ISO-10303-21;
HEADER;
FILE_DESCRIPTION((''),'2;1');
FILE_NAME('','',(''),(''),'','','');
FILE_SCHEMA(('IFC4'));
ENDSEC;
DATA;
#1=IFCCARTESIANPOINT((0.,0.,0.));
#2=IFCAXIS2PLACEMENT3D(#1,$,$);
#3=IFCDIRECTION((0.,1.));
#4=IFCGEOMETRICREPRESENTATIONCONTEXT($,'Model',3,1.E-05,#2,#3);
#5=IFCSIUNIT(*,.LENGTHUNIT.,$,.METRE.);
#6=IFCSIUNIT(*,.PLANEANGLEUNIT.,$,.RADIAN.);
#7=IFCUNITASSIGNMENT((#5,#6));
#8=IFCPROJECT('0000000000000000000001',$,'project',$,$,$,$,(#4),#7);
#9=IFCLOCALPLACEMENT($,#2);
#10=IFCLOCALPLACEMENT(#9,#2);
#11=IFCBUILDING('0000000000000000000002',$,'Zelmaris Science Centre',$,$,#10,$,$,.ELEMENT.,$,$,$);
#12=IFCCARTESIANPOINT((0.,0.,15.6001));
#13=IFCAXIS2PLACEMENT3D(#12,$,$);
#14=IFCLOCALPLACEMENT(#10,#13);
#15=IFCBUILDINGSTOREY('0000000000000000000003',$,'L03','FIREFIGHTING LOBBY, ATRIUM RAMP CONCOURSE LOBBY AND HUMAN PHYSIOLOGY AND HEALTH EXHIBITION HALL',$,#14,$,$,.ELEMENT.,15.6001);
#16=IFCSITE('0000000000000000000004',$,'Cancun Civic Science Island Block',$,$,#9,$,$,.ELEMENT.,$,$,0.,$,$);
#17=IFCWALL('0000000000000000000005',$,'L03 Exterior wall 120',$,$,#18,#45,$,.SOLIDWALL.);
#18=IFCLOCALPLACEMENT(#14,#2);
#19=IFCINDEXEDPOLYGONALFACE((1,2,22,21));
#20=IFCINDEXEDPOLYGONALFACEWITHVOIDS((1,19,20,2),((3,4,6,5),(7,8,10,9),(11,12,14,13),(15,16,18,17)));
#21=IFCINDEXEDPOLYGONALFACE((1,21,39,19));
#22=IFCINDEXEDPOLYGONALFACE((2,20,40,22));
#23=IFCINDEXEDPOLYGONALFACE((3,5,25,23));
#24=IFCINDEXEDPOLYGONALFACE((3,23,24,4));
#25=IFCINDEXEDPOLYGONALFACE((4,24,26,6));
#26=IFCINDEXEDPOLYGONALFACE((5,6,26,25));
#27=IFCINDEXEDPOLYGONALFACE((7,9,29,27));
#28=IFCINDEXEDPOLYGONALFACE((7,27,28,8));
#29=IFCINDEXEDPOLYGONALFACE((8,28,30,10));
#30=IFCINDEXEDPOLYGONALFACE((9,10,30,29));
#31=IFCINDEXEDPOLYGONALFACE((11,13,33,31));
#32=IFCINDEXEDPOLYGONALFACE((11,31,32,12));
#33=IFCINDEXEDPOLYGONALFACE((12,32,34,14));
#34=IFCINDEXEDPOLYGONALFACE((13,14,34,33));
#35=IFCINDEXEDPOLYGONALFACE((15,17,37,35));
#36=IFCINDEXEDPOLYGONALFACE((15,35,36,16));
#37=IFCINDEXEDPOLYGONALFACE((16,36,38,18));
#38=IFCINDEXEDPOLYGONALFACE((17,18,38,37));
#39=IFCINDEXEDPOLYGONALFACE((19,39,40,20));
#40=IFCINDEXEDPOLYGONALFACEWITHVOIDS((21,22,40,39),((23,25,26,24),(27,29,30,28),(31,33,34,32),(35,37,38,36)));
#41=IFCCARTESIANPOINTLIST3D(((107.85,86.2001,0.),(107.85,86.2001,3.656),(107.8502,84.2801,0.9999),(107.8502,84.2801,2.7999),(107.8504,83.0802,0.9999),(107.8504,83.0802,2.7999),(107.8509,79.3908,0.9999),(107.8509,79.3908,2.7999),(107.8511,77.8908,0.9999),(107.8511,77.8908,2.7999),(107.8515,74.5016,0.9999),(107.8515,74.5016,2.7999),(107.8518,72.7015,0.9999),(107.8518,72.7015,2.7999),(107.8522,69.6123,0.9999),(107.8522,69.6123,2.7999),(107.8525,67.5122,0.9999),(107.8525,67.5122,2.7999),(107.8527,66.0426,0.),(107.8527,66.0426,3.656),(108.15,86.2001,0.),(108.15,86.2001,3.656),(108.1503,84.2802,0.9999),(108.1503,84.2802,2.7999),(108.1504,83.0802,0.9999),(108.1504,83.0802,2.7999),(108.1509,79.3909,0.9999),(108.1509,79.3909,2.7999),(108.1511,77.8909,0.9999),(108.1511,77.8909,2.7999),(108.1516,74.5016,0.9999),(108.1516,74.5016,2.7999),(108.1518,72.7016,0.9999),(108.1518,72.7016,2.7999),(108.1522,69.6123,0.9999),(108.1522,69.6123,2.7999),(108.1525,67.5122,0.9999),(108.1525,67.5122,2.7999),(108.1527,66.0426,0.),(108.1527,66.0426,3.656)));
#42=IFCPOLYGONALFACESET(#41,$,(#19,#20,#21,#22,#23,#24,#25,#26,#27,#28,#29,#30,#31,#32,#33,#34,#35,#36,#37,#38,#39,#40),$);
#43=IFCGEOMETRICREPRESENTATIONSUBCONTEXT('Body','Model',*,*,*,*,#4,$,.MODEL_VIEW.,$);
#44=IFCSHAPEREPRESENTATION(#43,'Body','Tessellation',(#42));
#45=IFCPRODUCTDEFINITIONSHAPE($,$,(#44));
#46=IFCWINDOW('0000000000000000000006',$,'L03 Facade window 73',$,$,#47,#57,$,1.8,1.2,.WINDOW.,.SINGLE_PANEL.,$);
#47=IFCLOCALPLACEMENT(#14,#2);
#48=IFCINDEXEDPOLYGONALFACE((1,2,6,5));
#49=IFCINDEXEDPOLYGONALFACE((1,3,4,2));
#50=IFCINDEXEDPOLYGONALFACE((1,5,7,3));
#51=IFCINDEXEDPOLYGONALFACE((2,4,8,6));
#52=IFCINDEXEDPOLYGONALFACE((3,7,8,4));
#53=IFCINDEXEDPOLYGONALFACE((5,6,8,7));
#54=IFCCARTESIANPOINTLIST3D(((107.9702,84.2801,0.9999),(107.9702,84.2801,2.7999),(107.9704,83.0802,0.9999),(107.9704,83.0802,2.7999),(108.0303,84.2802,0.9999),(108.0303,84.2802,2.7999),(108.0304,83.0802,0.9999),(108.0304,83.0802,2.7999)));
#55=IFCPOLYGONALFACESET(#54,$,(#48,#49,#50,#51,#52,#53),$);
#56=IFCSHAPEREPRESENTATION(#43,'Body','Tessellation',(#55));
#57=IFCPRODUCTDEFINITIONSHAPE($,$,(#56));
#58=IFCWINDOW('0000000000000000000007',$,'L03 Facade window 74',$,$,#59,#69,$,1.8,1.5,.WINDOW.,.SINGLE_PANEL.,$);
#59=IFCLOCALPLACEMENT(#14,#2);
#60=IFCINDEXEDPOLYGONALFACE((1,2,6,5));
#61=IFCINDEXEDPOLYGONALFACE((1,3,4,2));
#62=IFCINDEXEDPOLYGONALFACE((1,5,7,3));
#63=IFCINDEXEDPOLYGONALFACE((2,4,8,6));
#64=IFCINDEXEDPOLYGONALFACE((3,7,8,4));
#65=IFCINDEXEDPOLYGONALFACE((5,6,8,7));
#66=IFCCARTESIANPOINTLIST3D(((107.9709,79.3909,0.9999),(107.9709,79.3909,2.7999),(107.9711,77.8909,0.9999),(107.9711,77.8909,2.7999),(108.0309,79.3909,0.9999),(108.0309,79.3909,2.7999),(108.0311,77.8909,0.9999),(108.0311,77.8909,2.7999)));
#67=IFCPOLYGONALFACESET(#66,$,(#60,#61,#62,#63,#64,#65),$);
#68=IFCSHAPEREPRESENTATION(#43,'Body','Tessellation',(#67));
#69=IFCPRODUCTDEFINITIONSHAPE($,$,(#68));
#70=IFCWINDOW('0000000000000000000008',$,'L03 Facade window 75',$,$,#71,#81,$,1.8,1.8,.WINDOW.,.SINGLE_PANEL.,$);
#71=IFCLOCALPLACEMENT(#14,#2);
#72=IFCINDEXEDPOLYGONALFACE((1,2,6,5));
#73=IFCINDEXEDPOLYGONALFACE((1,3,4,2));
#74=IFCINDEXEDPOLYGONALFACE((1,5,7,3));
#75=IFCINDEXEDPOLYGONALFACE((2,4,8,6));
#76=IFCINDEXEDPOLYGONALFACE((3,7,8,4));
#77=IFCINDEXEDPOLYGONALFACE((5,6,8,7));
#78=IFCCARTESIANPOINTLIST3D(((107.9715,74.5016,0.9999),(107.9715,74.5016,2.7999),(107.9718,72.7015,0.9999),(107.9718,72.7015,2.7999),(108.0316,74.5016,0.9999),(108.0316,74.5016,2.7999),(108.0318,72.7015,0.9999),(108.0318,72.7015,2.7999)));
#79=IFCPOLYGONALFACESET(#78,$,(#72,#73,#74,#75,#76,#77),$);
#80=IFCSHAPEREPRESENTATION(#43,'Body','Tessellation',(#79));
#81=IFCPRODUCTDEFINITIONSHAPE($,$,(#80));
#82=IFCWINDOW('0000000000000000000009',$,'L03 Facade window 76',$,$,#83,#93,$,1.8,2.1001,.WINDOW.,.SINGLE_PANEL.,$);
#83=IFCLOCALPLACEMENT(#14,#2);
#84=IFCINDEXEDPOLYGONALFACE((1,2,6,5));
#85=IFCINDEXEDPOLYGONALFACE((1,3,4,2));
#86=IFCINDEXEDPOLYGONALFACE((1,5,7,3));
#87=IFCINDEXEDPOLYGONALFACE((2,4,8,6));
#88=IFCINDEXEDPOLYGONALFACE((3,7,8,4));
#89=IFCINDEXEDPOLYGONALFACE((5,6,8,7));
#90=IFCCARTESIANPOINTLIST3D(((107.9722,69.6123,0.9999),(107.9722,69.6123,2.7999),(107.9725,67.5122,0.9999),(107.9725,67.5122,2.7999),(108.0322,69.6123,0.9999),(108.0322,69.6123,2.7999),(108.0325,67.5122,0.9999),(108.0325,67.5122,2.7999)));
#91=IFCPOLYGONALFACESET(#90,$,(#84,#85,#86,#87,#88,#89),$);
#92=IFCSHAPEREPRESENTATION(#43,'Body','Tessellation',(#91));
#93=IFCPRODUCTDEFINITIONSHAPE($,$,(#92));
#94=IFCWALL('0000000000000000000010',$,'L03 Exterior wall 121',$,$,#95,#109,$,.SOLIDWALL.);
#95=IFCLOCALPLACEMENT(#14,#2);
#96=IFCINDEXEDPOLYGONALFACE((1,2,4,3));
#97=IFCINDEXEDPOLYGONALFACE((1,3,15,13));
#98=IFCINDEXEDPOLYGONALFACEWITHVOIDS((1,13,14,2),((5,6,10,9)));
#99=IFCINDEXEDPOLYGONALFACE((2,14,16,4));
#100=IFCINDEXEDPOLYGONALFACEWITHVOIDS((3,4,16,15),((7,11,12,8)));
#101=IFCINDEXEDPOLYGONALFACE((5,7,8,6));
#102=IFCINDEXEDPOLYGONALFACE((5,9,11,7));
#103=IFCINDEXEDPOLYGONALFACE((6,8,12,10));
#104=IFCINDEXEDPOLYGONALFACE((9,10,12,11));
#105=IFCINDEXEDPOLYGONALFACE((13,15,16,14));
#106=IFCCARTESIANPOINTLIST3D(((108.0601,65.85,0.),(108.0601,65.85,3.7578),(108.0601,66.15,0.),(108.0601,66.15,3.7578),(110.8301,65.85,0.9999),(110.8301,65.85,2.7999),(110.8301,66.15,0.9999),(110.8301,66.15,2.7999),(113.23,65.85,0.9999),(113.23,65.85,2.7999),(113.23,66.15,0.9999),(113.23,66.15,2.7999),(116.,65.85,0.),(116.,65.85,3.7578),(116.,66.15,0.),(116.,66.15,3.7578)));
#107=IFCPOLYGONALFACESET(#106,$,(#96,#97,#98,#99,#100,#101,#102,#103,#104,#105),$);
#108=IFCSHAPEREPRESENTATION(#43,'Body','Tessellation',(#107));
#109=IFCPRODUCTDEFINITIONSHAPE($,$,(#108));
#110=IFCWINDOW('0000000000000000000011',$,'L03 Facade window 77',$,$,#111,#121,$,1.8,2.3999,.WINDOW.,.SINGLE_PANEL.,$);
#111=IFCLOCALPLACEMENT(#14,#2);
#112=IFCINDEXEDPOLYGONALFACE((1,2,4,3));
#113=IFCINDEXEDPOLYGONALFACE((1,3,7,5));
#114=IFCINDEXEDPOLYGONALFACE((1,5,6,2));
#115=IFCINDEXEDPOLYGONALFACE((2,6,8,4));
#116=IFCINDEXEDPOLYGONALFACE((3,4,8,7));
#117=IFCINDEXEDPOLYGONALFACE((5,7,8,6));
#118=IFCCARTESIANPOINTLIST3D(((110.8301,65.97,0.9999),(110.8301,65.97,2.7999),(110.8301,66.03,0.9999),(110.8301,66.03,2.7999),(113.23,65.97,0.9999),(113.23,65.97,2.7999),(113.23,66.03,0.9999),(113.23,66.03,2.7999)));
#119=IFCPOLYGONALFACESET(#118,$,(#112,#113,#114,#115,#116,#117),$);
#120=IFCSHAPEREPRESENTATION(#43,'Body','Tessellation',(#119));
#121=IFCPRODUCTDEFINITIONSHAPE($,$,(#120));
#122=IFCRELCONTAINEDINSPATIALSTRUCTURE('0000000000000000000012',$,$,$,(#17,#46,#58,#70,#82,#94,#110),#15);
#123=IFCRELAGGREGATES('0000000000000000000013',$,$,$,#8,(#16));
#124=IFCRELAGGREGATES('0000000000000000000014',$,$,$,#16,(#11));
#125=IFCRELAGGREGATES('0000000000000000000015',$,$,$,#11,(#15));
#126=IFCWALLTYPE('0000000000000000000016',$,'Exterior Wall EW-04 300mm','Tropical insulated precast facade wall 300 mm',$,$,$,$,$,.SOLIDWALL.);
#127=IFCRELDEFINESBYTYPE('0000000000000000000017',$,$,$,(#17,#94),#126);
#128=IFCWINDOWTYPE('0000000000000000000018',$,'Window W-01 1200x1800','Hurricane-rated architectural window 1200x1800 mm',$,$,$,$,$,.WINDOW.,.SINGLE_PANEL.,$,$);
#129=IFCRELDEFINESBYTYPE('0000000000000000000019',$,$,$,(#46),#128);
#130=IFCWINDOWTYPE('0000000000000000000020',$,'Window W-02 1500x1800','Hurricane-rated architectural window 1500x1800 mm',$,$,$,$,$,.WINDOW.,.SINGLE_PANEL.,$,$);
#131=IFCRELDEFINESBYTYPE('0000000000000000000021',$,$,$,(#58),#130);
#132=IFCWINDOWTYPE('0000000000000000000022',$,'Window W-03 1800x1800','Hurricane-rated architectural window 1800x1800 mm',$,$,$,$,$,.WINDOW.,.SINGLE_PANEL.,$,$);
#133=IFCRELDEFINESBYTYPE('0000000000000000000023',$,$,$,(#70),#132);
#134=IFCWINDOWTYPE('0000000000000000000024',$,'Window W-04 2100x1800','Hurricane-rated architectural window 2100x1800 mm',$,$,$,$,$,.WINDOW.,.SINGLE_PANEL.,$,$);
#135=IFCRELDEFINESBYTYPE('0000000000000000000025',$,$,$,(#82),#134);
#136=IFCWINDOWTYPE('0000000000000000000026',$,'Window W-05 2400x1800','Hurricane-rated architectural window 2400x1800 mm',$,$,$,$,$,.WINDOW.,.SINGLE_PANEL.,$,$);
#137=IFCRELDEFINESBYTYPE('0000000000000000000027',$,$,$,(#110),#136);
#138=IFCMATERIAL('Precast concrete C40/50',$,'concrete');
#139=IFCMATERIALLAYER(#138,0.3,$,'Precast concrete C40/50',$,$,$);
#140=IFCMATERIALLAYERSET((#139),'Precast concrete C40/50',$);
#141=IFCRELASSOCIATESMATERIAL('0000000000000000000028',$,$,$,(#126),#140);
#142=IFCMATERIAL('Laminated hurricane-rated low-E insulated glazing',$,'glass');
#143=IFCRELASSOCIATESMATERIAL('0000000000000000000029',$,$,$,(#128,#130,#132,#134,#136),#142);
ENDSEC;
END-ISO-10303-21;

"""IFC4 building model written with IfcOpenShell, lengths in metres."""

from ifc_helpers import new_model, si_unit, direction, frame, frame_2d, origin, place, context, subcontext, project, spatial, rectangle, extrude, material, layer, layer_set, type_object, element, fill, save


model = new_model("IFC4")

# Units and contexts
model_context = context("Model", 3, precision=1e-05, world=origin(), true_north=direction((0.0, 1.0)))
body_context = subcontext(model_context, "Body", "Model", "MODEL_VIEW")
ifc_project = project(units=[si_unit("LENGTHUNIT", "METRE"), si_unit("PLANEANGLEUNIT", "RADIAN")], contexts=[model_context])

# Site, building, storey
site_placement = place(None, origin())
site = spatial("IfcSite", under=ifc_project, at=site_placement, Name="Cancun Civic Science Island Block", CompositionType="ELEMENT", RefElevation=0.0)
building_placement = place(site_placement, origin())
building = spatial("IfcBuilding", under=site, at=building_placement, Name="Zelmaris Science Centre", CompositionType="ELEMENT")
storey_placement = place(building_placement, frame((0.0, 0.0, 15.6001)))
storey = spatial("IfcBuildingStorey", under=building, at=storey_placement, Name="L03", Description="FIREFIGHTING LOBBY, ATRIUM RAMP CONCOURSE LOBBY AND HUMAN PHYSIOLOGY AND HEALTH EXHIBITION HALL", CompositionType="ELEMENT", Elevation=15.6001)

# Shared definitions
ifc_material_1 = material(Name="Laminated hurricane-rated low-E insulated glazing", Category="glass")

# Wall, openings, windows
ifc_material_2 = material(Name="Precast concrete C40/50", Category="concrete")
ifc_layer_1 = layer(ifc_material_2, 0.3, Name="Precast concrete C40/50")
ifc_layer_set_1 = layer_set([ifc_layer_1], Name="Precast concrete C40/50")
wall_type = type_object("IfcWallType", Name="Exterior Wall EW-04 300mm", Description="Tropical insulated precast facade wall 300 mm", PredefinedType="SOLIDWALL", material=ifc_layer_set_1)
wall_1_placement = place(storey_placement, frame((108.0, 86.2, 0.0), z_axis=(0.0, 0.0, 1.0), x_axis=(0.000133, -1.0, 0.0)))
wall_1 = element("IfcWall", 1, at=wall_1_placement, inside=storey, type_object=wall_type, Name="L03 Exterior wall 120", PredefinedType="SOLIDWALL", context=body_context, shape_type="SweptSolid", body=[
    extrude(rectangle(XDim=20.1575, YDim=0.3, at=frame_2d((10.0786, 0.0))), origin(), (0.0, 0.0, 1.0), 3.656),
])
opening_1_placement = place(wall_1_placement, frame((1.9197, 0.0, 1.0)))
opening_1 = element("IfcOpeningElement", 2, at=opening_1_placement, cuts=wall_1, PredefinedType="OPENING", context=body_context, shape_type="SweptSolid", body=[
    extrude(rectangle(XDim=1.2, YDim=1.8, at=frame_2d((0.6001, 0.8999))), frame((0.0, 0.1599, 0.0), z_axis=(0.0, -1.0, 0.0), x_axis=(1.0, 0.0, 0.0)), (0.0, 0.0, 1.0), 0.3201),
])
opening_2_placement = place(wall_1_placement, frame((6.8091, 0.0, 1.0)))
opening_2 = element("IfcOpeningElement", 3, at=opening_2_placement, cuts=wall_1, PredefinedType="OPENING", context=body_context, shape_type="SweptSolid", body=[
    extrude(rectangle(XDim=1.5, YDim=1.8, at=frame_2d((0.75, 0.8999))), frame((0.0, 0.1599, 0.0), z_axis=(0.0, -1.0, 0.0), x_axis=(1.0, 0.0, 0.0)), (0.0, 0.0, 1.0), 0.3201),
])
opening_3_placement = place(wall_1_placement, frame((11.6985, 0.0, 1.0)))
opening_3 = element("IfcOpeningElement", 4, at=opening_3_placement, cuts=wall_1, PredefinedType="OPENING", context=body_context, shape_type="SweptSolid", body=[
    extrude(rectangle(XDim=1.8, YDim=1.8, at=frame_2d((0.8999, 0.8999))), frame((0.0, 0.1599, 0.0), z_axis=(0.0, -1.0, 0.0), x_axis=(1.0, 0.0, 0.0)), (0.0, 0.0, 1.0), 0.3201),
])
opening_4_placement = place(wall_1_placement, frame((16.5876, 0.0, 1.0)))
opening_4 = element("IfcOpeningElement", 5, at=opening_4_placement, cuts=wall_1, PredefinedType="OPENING", context=body_context, shape_type="SweptSolid", body=[
    extrude(rectangle(XDim=2.1001, YDim=1.8, at=frame_2d((1.05, 0.8999))), frame((0.0, 0.1599, 0.0), z_axis=(0.0, -1.0, 0.0), x_axis=(1.0, 0.0, 0.0)), (0.0, 0.0, 1.0), 0.3201),
])
window_type_1 = type_object("IfcWindowType", Name="Window W-01 1200x1800", Description="Hurricane-rated architectural window 1200x1800 mm", PartitioningType="SINGLE_PANEL", PredefinedType="WINDOW", material=ifc_material_1)
window_1_placement = place(opening_1_placement, origin())
window_1 = element("IfcWindow", 6, at=window_1_placement, inside=storey, type_object=window_type_1, Name="L03 Facade window 73", OverallHeight=1.8, OverallWidth=1.2, PartitioningType="SINGLE_PANEL", PredefinedType="WINDOW", context=body_context, shape_type="SweptSolid", body=[
    extrude(rectangle(XDim=1.2, YDim=1.8, at=frame_2d((0.6001, 0.8999))), frame((0.0, 0.03, 0.0), z_axis=(0.0, -1.0, 0.0), x_axis=(1.0, 0.0, 0.0)), (0.0, 0.0, 1.0), 0.0601),
])
fill(opening_1, window_1)
window_type_2 = type_object("IfcWindowType", Name="Window W-02 1500x1800", Description="Hurricane-rated architectural window 1500x1800 mm", PartitioningType="SINGLE_PANEL", PredefinedType="WINDOW", material=ifc_material_1)
window_2_placement = place(opening_2_placement, origin())
window_2 = element("IfcWindow", 7, at=window_2_placement, inside=storey, type_object=window_type_2, Name="L03 Facade window 74", OverallHeight=1.8, OverallWidth=1.5, PartitioningType="SINGLE_PANEL", PredefinedType="WINDOW", context=body_context, shape_type="SweptSolid", body=[
    extrude(rectangle(XDim=1.5, YDim=1.8, at=frame_2d((0.75, 0.8999))), frame((0.0, 0.03, 0.0), z_axis=(0.0, -1.0, 0.0), x_axis=(1.0, 0.0, 0.0)), (0.0, 0.0, 1.0), 0.0601),
])
fill(opening_2, window_2)
window_type_3 = type_object("IfcWindowType", Name="Window W-03 1800x1800", Description="Hurricane-rated architectural window 1800x1800 mm", PartitioningType="SINGLE_PANEL", PredefinedType="WINDOW", material=ifc_material_1)
window_3_placement = place(opening_3_placement, origin())
window_3 = element("IfcWindow", 8, at=window_3_placement, inside=storey, type_object=window_type_3, Name="L03 Facade window 75", OverallHeight=1.8, OverallWidth=1.8, PartitioningType="SINGLE_PANEL", PredefinedType="WINDOW", context=body_context, shape_type="SweptSolid", body=[
    extrude(rectangle(XDim=1.8, YDim=1.8, at=frame_2d((0.8999, 0.8999))), frame((0.0, 0.03, 0.0), z_axis=(0.0, -1.0, 0.0), x_axis=(1.0, 0.0, 0.0)), (0.0, 0.0, 1.0), 0.0601),
])
fill(opening_3, window_3)
window_type_4 = type_object("IfcWindowType", Name="Window W-04 2100x1800", Description="Hurricane-rated architectural window 2100x1800 mm", PartitioningType="SINGLE_PANEL", PredefinedType="WINDOW", material=ifc_material_1)
window_4_placement = place(opening_4_placement, origin())
window_4 = element("IfcWindow", 9, at=window_4_placement, inside=storey, type_object=window_type_4, Name="L03 Facade window 76", OverallHeight=1.8, OverallWidth=2.1001, PartitioningType="SINGLE_PANEL", PredefinedType="WINDOW", context=body_context, shape_type="SweptSolid", body=[
    extrude(rectangle(XDim=2.1001, YDim=1.8, at=frame_2d((1.05, 0.8999))), frame((0.0, 0.03, 0.0), z_axis=(0.0, -1.0, 0.0), x_axis=(1.0, 0.0, 0.0)), (0.0, 0.0, 1.0), 0.0601),
])
fill(opening_4, window_4)

# Wall, opening, window
wall_2_placement = place(storey_placement, frame((108.0601, 66.0, 0.0), z_axis=(0.0, 0.0, 1.0), x_axis=(1.0, 0.0, 0.0)))
wall_2 = element("IfcWall", 10, at=wall_2_placement, inside=storey, type_object=wall_type, Name="L03 Exterior wall 121", PredefinedType="SOLIDWALL", context=body_context, shape_type="SweptSolid", body=[
    extrude(rectangle(XDim=7.9399, YDim=0.3, at=frame_2d((3.97, 0.0))), origin(), (0.0, 0.0, 1.0), 3.7578),
])
opening_5_placement = place(wall_2_placement, frame((2.77, 0.0, 1.0)))
opening_5 = element("IfcOpeningElement", 11, at=opening_5_placement, cuts=wall_2, PredefinedType="OPENING", context=body_context, shape_type="SweptSolid", body=[
    extrude(rectangle(XDim=2.3999, YDim=1.8, at=frame_2d((1.2, 0.8999))), frame((0.0, 0.1599, 0.0), z_axis=(0.0, -1.0, 0.0), x_axis=(1.0, 0.0, 0.0)), (0.0, 0.0, 1.0), 0.3201),
])
window_type_5 = type_object("IfcWindowType", Name="Window W-05 2400x1800", Description="Hurricane-rated architectural window 2400x1800 mm", PartitioningType="SINGLE_PANEL", PredefinedType="WINDOW", material=ifc_material_1)
window_5_placement = place(opening_5_placement, origin())
window_5 = element("IfcWindow", 12, at=window_5_placement, inside=storey, type_object=window_type_5, Name="L03 Facade window 77", OverallHeight=1.8, OverallWidth=2.3999, PartitioningType="SINGLE_PANEL", PredefinedType="WINDOW", context=body_context, shape_type="SweptSolid", body=[
    extrude(rectangle(XDim=2.3999, YDim=1.8, at=frame_2d((1.2, 0.8999))), frame((0.0, 0.03, 0.0), z_axis=(0.0, -1.0, 0.0), x_axis=(1.0, 0.0, 0.0)), (0.0, 0.0, 1.0), 0.0601),
])
fill(opening_5, window_5)

save(model, "model.ifc")
